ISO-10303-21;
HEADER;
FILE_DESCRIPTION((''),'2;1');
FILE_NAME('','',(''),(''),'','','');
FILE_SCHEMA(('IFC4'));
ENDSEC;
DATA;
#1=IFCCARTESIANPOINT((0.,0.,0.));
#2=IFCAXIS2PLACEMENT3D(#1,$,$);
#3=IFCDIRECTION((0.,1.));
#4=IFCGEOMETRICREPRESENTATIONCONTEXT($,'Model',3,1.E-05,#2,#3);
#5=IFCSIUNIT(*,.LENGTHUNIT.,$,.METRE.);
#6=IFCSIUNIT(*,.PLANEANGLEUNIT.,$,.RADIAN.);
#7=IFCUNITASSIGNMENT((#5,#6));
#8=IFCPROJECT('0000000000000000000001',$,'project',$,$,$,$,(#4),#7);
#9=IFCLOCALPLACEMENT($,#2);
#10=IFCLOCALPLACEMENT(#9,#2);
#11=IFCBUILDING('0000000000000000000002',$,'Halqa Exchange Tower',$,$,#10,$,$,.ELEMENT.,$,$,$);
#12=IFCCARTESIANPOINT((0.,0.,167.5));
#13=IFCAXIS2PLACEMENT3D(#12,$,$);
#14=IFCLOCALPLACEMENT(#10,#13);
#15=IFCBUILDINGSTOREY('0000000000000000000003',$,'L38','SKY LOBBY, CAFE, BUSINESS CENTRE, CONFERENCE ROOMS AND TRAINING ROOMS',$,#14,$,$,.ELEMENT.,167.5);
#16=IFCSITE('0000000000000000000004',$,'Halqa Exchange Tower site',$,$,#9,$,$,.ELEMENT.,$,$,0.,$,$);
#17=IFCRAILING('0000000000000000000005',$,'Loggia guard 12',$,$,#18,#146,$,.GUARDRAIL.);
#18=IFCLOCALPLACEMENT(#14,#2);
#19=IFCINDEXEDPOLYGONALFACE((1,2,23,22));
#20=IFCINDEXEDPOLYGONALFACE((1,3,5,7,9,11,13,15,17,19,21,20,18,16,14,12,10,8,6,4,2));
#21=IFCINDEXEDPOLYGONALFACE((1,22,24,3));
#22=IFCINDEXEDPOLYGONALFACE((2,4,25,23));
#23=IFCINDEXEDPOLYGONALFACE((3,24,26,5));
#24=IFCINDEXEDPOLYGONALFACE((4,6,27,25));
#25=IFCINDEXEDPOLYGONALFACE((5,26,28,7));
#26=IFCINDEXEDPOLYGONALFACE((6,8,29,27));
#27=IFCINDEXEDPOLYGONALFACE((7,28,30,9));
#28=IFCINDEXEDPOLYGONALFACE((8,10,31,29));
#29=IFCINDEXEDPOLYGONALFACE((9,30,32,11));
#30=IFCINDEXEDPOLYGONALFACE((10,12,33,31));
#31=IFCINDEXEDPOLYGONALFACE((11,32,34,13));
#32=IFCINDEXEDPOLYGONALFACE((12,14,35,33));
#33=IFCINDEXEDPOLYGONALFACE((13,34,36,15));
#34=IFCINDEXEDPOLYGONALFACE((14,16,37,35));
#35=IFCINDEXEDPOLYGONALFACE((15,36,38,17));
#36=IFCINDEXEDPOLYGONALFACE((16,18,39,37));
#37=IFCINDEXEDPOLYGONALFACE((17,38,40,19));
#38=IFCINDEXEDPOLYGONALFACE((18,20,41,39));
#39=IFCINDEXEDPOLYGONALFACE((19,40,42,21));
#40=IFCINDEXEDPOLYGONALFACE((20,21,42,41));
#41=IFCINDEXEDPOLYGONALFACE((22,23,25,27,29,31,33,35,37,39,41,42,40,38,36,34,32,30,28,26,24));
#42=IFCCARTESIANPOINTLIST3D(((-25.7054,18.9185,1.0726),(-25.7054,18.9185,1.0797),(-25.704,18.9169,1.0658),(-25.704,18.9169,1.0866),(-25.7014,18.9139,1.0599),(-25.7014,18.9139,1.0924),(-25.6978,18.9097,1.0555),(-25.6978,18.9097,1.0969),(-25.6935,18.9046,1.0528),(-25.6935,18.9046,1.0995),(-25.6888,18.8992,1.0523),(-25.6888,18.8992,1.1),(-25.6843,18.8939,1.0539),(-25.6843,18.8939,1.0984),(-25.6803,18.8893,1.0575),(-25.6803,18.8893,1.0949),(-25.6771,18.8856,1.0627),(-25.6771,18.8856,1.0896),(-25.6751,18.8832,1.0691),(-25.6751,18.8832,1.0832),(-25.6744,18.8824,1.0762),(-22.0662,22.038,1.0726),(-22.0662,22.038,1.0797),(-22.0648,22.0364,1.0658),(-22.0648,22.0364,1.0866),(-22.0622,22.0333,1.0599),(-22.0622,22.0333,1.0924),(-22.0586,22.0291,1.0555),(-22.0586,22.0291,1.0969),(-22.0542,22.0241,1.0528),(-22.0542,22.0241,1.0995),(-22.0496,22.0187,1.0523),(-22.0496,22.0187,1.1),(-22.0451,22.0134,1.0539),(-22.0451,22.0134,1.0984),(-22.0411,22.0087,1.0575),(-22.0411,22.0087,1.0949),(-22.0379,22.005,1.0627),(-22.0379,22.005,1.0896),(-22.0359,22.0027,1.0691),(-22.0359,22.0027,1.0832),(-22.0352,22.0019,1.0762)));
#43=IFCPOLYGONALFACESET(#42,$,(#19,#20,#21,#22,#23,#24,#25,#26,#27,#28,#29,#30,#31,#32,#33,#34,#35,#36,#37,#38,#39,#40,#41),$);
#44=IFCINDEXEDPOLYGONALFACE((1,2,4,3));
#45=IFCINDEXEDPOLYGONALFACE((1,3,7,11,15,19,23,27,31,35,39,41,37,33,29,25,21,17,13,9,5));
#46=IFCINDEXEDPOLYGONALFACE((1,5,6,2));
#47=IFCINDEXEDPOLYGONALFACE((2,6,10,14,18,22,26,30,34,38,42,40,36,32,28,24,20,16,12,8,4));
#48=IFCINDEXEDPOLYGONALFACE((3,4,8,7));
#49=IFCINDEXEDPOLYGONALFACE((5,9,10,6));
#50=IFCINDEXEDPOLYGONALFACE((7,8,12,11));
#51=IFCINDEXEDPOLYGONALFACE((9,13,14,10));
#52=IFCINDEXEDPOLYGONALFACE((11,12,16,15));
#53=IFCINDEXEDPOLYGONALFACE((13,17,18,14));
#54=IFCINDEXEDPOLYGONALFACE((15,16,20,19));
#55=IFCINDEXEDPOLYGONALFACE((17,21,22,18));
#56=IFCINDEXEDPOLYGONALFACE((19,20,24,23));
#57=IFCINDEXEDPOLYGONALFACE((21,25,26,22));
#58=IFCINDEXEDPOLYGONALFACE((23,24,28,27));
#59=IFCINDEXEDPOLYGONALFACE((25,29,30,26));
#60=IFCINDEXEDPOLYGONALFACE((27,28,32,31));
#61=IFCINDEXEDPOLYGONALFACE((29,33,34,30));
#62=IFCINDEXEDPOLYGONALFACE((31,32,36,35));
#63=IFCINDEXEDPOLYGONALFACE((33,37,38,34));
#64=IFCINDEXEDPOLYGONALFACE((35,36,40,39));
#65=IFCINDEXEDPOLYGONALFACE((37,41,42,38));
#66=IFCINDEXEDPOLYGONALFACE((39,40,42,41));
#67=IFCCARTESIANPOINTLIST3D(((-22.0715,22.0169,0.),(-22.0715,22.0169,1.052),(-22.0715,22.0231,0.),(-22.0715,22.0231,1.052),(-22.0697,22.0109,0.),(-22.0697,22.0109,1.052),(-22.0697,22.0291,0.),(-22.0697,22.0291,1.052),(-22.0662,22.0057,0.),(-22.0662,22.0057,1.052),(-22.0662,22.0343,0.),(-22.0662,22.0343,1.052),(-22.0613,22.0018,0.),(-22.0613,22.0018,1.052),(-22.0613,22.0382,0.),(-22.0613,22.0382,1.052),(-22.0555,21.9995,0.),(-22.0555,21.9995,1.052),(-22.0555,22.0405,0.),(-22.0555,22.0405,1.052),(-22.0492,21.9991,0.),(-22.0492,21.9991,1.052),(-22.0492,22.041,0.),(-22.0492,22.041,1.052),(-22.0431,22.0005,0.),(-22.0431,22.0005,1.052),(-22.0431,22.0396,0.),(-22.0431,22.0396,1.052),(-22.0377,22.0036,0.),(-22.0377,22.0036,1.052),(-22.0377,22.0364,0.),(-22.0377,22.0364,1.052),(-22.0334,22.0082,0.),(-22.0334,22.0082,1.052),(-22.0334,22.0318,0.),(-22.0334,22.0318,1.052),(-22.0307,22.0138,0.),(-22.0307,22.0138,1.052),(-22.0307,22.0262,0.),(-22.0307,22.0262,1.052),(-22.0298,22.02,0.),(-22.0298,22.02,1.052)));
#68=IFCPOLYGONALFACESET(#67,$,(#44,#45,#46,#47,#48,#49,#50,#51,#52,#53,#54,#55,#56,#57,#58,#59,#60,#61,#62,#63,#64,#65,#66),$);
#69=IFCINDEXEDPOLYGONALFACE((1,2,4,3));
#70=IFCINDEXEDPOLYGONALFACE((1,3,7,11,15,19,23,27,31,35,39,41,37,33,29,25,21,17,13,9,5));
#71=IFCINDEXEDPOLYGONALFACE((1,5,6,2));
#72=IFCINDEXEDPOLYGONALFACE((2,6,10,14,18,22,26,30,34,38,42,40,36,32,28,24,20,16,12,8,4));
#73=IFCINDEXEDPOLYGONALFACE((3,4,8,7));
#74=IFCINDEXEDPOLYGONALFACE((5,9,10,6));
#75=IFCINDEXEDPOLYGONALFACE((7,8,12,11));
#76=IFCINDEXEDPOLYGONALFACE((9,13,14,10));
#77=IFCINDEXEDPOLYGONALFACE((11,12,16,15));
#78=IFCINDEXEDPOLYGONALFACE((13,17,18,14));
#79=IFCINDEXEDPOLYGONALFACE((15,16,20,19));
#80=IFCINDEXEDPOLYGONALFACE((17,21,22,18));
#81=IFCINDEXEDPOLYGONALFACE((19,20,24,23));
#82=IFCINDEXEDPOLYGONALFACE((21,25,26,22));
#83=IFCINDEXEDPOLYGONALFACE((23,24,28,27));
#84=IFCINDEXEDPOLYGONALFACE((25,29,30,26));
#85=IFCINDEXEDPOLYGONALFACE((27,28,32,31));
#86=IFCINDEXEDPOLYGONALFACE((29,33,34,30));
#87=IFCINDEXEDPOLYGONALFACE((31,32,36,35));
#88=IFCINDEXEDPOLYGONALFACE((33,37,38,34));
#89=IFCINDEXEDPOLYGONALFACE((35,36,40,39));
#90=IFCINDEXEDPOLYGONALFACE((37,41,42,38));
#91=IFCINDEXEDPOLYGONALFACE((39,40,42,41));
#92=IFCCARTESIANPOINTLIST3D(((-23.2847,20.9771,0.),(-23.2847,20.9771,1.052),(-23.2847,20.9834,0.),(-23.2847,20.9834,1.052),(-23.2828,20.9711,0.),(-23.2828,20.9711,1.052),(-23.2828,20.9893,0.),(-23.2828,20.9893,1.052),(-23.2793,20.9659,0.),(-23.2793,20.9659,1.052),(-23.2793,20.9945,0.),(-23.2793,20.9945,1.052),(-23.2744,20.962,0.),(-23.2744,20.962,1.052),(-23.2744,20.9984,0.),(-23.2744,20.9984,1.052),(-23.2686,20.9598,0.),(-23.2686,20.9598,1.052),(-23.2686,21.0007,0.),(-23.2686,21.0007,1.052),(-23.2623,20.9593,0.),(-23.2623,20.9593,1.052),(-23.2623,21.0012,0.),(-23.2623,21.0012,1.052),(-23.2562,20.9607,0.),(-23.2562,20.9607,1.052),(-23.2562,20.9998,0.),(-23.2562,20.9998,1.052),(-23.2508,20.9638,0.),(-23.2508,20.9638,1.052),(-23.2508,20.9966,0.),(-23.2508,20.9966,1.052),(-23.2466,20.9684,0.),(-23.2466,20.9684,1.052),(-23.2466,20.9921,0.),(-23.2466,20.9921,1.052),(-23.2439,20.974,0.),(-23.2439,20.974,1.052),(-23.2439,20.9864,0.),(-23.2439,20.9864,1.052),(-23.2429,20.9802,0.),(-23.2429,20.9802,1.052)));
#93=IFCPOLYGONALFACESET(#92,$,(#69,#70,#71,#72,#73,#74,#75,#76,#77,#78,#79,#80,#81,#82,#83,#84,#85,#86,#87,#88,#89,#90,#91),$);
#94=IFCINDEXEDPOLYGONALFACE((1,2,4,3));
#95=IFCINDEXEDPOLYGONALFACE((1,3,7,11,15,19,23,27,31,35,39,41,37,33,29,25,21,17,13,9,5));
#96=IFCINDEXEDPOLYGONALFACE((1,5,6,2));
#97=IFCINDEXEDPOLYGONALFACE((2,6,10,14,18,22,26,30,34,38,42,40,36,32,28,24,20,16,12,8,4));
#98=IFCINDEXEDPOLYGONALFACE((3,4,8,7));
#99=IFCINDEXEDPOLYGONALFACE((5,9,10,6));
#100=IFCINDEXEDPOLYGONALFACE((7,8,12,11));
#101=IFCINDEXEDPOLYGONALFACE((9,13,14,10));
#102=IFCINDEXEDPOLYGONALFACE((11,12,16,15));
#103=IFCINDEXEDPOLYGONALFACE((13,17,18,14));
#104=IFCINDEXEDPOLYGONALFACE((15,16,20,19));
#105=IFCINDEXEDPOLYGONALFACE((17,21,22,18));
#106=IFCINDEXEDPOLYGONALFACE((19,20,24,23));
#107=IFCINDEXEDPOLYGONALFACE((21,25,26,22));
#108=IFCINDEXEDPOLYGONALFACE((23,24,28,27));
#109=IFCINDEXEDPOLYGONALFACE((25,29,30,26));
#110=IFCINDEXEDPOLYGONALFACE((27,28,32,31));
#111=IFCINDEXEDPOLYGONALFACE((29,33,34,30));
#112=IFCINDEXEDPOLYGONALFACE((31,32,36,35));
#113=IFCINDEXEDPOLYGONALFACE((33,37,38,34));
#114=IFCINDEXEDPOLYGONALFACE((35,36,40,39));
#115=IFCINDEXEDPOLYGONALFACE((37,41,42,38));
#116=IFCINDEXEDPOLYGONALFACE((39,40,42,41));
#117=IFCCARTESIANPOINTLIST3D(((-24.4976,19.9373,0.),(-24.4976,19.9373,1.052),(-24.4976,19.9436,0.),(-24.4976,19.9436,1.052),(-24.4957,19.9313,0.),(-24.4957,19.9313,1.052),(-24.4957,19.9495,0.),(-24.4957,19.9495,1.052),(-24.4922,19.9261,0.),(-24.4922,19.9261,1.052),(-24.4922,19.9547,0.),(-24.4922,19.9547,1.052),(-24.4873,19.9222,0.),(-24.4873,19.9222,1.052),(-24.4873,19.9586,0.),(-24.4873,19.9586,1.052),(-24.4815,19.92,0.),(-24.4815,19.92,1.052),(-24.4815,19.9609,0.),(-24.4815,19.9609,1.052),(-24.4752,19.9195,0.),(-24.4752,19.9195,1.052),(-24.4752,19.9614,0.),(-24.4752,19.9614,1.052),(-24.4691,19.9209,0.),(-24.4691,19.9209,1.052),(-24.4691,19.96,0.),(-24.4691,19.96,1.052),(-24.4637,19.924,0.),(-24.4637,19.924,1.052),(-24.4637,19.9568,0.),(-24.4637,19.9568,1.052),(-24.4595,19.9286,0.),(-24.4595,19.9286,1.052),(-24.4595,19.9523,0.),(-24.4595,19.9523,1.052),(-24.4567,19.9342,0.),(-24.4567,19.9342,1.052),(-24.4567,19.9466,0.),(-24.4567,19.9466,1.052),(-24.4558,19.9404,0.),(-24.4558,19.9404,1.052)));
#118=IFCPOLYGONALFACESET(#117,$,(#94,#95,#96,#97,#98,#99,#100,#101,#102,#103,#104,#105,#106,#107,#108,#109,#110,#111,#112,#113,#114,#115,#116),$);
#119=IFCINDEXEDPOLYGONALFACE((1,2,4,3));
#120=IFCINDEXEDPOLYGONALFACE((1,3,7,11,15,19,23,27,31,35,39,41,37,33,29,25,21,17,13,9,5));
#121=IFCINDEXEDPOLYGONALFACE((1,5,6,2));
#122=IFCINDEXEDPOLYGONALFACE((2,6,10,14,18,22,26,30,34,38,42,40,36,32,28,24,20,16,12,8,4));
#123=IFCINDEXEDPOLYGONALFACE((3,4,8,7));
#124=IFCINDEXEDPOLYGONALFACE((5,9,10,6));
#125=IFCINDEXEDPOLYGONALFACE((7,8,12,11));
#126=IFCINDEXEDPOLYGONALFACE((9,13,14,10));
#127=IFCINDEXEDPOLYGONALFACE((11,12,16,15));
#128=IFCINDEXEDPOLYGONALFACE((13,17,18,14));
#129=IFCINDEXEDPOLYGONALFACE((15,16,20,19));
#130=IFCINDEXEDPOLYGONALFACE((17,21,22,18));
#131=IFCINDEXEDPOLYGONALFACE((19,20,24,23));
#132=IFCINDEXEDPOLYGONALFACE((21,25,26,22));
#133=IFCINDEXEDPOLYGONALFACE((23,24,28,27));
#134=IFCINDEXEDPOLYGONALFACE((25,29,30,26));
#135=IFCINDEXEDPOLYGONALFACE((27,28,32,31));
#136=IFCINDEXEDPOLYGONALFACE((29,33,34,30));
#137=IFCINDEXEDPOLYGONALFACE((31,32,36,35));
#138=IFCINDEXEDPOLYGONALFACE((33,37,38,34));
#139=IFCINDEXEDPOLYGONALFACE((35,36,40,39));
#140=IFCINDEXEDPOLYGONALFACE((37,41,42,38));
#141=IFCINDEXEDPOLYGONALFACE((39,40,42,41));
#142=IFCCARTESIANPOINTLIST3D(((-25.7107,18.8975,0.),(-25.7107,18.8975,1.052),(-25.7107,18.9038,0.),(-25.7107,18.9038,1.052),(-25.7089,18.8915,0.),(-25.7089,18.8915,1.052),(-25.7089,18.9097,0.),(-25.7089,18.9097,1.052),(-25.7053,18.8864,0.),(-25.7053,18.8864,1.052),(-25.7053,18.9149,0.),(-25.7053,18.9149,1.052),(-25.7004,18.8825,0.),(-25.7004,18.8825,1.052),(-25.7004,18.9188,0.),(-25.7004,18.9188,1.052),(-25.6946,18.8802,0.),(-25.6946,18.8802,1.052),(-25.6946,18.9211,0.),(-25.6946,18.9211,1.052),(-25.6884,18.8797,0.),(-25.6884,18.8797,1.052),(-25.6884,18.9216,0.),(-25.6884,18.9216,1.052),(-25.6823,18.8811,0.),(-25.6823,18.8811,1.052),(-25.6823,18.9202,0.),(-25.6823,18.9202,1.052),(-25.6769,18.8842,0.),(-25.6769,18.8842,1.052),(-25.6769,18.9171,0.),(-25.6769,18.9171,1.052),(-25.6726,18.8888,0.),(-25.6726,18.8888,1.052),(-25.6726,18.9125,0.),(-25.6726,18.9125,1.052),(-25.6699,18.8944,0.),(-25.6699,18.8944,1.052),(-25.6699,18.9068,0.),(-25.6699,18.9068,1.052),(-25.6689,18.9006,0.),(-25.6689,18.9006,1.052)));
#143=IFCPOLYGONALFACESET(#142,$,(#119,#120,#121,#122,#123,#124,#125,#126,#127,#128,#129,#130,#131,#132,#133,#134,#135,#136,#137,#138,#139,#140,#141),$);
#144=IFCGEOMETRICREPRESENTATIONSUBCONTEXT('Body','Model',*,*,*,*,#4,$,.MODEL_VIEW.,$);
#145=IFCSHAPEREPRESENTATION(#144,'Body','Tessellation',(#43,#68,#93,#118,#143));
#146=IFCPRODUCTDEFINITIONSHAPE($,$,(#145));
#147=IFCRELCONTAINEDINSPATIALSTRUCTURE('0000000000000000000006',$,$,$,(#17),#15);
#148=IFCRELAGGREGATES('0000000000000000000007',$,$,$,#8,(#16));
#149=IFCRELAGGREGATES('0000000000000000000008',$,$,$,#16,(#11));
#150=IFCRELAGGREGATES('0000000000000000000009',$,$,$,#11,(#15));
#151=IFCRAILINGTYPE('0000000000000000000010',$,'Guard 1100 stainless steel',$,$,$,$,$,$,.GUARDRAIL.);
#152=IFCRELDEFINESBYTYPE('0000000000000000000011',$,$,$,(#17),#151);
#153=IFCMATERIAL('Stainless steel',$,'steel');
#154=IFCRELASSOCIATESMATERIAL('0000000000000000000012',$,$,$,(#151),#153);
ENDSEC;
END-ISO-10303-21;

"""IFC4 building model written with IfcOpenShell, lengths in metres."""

from ifc_helpers import new_model, si_unit, direction, frame, origin, origin_2d, place, context, subcontext, project, spatial, circle, extrude, material, type_object, element, save


model = new_model("IFC4")

# Units and contexts
model_context = context("Model", 3, precision=1e-05, world=origin(), true_north=direction((0.0, 1.0)))
body_context = subcontext(model_context, "Body", "Model", "MODEL_VIEW")
ifc_project = project(units=[si_unit("LENGTHUNIT", "METRE"), si_unit("PLANEANGLEUNIT", "RADIAN")], contexts=[model_context])

# Site, building, storey
site_placement = place(None, origin())
site = spatial("IfcSite", under=ifc_project, at=site_placement, Name="Halqa Exchange Tower site", CompositionType="ELEMENT", RefElevation=0.0)
building_placement = place(site_placement, origin())
building = spatial("IfcBuilding", under=site, at=building_placement, Name="Halqa Exchange Tower", CompositionType="ELEMENT")
storey_placement = place(building_placement, frame((0.0, 0.0, 167.5)))
storey = spatial("IfcBuildingStorey", under=building, at=storey_placement, Name="L38", Description="SKY LOBBY, CAFE, BUSINESS CENTRE, CONFERENCE ROOMS AND TRAINING ROOMS", CompositionType="ELEMENT", Elevation=167.5)

# Railing
ifc_material_1 = material(Name="Stainless steel", Category="steel")
railing_type = type_object("IfcRailingType", Name="Guard 1100 stainless steel", PredefinedType="GUARDRAIL", material=ifc_material_1)
railing_1_placement = place(storey_placement, frame((-22.0508, 22.02, 0.0)))
element("IfcRailing", 1, at=railing_1_placement, inside=storey, type_object=railing_type, Name="Loggia guard 12", PredefinedType="GUARDRAIL", context=body_context, shape_type="SweptSolid", body=[
    extrude(circle(Radius=0.0239, at=origin_2d()), frame((0.0, 0.0, 1.0762), z_axis=(-0.759246, -0.650804, 0.0), x_axis=(0.650804, -0.759246, 0.0)), (0.0, 0.0, 1.0), 4.7932),
    extrude(circle(Radius=0.021, at=origin_2d()), origin(), (0.0, 0.0, 1.0), 1.052),
    extrude(circle(Radius=0.021, at=origin_2d()), frame((-1.2131, -1.0398, 0.0)), (0.0, 0.0, 1.0), 1.052),
    extrude(circle(Radius=0.021, at=origin_2d()), frame((-2.426, -2.0796, 0.0)), (0.0, 0.0, 1.0), 1.052),
    extrude(circle(Radius=0.021, at=origin_2d()), frame((-3.6392, -3.1194, 0.0)), (0.0, 0.0, 1.0), 1.052),
])

save(model, "model.ifc")
